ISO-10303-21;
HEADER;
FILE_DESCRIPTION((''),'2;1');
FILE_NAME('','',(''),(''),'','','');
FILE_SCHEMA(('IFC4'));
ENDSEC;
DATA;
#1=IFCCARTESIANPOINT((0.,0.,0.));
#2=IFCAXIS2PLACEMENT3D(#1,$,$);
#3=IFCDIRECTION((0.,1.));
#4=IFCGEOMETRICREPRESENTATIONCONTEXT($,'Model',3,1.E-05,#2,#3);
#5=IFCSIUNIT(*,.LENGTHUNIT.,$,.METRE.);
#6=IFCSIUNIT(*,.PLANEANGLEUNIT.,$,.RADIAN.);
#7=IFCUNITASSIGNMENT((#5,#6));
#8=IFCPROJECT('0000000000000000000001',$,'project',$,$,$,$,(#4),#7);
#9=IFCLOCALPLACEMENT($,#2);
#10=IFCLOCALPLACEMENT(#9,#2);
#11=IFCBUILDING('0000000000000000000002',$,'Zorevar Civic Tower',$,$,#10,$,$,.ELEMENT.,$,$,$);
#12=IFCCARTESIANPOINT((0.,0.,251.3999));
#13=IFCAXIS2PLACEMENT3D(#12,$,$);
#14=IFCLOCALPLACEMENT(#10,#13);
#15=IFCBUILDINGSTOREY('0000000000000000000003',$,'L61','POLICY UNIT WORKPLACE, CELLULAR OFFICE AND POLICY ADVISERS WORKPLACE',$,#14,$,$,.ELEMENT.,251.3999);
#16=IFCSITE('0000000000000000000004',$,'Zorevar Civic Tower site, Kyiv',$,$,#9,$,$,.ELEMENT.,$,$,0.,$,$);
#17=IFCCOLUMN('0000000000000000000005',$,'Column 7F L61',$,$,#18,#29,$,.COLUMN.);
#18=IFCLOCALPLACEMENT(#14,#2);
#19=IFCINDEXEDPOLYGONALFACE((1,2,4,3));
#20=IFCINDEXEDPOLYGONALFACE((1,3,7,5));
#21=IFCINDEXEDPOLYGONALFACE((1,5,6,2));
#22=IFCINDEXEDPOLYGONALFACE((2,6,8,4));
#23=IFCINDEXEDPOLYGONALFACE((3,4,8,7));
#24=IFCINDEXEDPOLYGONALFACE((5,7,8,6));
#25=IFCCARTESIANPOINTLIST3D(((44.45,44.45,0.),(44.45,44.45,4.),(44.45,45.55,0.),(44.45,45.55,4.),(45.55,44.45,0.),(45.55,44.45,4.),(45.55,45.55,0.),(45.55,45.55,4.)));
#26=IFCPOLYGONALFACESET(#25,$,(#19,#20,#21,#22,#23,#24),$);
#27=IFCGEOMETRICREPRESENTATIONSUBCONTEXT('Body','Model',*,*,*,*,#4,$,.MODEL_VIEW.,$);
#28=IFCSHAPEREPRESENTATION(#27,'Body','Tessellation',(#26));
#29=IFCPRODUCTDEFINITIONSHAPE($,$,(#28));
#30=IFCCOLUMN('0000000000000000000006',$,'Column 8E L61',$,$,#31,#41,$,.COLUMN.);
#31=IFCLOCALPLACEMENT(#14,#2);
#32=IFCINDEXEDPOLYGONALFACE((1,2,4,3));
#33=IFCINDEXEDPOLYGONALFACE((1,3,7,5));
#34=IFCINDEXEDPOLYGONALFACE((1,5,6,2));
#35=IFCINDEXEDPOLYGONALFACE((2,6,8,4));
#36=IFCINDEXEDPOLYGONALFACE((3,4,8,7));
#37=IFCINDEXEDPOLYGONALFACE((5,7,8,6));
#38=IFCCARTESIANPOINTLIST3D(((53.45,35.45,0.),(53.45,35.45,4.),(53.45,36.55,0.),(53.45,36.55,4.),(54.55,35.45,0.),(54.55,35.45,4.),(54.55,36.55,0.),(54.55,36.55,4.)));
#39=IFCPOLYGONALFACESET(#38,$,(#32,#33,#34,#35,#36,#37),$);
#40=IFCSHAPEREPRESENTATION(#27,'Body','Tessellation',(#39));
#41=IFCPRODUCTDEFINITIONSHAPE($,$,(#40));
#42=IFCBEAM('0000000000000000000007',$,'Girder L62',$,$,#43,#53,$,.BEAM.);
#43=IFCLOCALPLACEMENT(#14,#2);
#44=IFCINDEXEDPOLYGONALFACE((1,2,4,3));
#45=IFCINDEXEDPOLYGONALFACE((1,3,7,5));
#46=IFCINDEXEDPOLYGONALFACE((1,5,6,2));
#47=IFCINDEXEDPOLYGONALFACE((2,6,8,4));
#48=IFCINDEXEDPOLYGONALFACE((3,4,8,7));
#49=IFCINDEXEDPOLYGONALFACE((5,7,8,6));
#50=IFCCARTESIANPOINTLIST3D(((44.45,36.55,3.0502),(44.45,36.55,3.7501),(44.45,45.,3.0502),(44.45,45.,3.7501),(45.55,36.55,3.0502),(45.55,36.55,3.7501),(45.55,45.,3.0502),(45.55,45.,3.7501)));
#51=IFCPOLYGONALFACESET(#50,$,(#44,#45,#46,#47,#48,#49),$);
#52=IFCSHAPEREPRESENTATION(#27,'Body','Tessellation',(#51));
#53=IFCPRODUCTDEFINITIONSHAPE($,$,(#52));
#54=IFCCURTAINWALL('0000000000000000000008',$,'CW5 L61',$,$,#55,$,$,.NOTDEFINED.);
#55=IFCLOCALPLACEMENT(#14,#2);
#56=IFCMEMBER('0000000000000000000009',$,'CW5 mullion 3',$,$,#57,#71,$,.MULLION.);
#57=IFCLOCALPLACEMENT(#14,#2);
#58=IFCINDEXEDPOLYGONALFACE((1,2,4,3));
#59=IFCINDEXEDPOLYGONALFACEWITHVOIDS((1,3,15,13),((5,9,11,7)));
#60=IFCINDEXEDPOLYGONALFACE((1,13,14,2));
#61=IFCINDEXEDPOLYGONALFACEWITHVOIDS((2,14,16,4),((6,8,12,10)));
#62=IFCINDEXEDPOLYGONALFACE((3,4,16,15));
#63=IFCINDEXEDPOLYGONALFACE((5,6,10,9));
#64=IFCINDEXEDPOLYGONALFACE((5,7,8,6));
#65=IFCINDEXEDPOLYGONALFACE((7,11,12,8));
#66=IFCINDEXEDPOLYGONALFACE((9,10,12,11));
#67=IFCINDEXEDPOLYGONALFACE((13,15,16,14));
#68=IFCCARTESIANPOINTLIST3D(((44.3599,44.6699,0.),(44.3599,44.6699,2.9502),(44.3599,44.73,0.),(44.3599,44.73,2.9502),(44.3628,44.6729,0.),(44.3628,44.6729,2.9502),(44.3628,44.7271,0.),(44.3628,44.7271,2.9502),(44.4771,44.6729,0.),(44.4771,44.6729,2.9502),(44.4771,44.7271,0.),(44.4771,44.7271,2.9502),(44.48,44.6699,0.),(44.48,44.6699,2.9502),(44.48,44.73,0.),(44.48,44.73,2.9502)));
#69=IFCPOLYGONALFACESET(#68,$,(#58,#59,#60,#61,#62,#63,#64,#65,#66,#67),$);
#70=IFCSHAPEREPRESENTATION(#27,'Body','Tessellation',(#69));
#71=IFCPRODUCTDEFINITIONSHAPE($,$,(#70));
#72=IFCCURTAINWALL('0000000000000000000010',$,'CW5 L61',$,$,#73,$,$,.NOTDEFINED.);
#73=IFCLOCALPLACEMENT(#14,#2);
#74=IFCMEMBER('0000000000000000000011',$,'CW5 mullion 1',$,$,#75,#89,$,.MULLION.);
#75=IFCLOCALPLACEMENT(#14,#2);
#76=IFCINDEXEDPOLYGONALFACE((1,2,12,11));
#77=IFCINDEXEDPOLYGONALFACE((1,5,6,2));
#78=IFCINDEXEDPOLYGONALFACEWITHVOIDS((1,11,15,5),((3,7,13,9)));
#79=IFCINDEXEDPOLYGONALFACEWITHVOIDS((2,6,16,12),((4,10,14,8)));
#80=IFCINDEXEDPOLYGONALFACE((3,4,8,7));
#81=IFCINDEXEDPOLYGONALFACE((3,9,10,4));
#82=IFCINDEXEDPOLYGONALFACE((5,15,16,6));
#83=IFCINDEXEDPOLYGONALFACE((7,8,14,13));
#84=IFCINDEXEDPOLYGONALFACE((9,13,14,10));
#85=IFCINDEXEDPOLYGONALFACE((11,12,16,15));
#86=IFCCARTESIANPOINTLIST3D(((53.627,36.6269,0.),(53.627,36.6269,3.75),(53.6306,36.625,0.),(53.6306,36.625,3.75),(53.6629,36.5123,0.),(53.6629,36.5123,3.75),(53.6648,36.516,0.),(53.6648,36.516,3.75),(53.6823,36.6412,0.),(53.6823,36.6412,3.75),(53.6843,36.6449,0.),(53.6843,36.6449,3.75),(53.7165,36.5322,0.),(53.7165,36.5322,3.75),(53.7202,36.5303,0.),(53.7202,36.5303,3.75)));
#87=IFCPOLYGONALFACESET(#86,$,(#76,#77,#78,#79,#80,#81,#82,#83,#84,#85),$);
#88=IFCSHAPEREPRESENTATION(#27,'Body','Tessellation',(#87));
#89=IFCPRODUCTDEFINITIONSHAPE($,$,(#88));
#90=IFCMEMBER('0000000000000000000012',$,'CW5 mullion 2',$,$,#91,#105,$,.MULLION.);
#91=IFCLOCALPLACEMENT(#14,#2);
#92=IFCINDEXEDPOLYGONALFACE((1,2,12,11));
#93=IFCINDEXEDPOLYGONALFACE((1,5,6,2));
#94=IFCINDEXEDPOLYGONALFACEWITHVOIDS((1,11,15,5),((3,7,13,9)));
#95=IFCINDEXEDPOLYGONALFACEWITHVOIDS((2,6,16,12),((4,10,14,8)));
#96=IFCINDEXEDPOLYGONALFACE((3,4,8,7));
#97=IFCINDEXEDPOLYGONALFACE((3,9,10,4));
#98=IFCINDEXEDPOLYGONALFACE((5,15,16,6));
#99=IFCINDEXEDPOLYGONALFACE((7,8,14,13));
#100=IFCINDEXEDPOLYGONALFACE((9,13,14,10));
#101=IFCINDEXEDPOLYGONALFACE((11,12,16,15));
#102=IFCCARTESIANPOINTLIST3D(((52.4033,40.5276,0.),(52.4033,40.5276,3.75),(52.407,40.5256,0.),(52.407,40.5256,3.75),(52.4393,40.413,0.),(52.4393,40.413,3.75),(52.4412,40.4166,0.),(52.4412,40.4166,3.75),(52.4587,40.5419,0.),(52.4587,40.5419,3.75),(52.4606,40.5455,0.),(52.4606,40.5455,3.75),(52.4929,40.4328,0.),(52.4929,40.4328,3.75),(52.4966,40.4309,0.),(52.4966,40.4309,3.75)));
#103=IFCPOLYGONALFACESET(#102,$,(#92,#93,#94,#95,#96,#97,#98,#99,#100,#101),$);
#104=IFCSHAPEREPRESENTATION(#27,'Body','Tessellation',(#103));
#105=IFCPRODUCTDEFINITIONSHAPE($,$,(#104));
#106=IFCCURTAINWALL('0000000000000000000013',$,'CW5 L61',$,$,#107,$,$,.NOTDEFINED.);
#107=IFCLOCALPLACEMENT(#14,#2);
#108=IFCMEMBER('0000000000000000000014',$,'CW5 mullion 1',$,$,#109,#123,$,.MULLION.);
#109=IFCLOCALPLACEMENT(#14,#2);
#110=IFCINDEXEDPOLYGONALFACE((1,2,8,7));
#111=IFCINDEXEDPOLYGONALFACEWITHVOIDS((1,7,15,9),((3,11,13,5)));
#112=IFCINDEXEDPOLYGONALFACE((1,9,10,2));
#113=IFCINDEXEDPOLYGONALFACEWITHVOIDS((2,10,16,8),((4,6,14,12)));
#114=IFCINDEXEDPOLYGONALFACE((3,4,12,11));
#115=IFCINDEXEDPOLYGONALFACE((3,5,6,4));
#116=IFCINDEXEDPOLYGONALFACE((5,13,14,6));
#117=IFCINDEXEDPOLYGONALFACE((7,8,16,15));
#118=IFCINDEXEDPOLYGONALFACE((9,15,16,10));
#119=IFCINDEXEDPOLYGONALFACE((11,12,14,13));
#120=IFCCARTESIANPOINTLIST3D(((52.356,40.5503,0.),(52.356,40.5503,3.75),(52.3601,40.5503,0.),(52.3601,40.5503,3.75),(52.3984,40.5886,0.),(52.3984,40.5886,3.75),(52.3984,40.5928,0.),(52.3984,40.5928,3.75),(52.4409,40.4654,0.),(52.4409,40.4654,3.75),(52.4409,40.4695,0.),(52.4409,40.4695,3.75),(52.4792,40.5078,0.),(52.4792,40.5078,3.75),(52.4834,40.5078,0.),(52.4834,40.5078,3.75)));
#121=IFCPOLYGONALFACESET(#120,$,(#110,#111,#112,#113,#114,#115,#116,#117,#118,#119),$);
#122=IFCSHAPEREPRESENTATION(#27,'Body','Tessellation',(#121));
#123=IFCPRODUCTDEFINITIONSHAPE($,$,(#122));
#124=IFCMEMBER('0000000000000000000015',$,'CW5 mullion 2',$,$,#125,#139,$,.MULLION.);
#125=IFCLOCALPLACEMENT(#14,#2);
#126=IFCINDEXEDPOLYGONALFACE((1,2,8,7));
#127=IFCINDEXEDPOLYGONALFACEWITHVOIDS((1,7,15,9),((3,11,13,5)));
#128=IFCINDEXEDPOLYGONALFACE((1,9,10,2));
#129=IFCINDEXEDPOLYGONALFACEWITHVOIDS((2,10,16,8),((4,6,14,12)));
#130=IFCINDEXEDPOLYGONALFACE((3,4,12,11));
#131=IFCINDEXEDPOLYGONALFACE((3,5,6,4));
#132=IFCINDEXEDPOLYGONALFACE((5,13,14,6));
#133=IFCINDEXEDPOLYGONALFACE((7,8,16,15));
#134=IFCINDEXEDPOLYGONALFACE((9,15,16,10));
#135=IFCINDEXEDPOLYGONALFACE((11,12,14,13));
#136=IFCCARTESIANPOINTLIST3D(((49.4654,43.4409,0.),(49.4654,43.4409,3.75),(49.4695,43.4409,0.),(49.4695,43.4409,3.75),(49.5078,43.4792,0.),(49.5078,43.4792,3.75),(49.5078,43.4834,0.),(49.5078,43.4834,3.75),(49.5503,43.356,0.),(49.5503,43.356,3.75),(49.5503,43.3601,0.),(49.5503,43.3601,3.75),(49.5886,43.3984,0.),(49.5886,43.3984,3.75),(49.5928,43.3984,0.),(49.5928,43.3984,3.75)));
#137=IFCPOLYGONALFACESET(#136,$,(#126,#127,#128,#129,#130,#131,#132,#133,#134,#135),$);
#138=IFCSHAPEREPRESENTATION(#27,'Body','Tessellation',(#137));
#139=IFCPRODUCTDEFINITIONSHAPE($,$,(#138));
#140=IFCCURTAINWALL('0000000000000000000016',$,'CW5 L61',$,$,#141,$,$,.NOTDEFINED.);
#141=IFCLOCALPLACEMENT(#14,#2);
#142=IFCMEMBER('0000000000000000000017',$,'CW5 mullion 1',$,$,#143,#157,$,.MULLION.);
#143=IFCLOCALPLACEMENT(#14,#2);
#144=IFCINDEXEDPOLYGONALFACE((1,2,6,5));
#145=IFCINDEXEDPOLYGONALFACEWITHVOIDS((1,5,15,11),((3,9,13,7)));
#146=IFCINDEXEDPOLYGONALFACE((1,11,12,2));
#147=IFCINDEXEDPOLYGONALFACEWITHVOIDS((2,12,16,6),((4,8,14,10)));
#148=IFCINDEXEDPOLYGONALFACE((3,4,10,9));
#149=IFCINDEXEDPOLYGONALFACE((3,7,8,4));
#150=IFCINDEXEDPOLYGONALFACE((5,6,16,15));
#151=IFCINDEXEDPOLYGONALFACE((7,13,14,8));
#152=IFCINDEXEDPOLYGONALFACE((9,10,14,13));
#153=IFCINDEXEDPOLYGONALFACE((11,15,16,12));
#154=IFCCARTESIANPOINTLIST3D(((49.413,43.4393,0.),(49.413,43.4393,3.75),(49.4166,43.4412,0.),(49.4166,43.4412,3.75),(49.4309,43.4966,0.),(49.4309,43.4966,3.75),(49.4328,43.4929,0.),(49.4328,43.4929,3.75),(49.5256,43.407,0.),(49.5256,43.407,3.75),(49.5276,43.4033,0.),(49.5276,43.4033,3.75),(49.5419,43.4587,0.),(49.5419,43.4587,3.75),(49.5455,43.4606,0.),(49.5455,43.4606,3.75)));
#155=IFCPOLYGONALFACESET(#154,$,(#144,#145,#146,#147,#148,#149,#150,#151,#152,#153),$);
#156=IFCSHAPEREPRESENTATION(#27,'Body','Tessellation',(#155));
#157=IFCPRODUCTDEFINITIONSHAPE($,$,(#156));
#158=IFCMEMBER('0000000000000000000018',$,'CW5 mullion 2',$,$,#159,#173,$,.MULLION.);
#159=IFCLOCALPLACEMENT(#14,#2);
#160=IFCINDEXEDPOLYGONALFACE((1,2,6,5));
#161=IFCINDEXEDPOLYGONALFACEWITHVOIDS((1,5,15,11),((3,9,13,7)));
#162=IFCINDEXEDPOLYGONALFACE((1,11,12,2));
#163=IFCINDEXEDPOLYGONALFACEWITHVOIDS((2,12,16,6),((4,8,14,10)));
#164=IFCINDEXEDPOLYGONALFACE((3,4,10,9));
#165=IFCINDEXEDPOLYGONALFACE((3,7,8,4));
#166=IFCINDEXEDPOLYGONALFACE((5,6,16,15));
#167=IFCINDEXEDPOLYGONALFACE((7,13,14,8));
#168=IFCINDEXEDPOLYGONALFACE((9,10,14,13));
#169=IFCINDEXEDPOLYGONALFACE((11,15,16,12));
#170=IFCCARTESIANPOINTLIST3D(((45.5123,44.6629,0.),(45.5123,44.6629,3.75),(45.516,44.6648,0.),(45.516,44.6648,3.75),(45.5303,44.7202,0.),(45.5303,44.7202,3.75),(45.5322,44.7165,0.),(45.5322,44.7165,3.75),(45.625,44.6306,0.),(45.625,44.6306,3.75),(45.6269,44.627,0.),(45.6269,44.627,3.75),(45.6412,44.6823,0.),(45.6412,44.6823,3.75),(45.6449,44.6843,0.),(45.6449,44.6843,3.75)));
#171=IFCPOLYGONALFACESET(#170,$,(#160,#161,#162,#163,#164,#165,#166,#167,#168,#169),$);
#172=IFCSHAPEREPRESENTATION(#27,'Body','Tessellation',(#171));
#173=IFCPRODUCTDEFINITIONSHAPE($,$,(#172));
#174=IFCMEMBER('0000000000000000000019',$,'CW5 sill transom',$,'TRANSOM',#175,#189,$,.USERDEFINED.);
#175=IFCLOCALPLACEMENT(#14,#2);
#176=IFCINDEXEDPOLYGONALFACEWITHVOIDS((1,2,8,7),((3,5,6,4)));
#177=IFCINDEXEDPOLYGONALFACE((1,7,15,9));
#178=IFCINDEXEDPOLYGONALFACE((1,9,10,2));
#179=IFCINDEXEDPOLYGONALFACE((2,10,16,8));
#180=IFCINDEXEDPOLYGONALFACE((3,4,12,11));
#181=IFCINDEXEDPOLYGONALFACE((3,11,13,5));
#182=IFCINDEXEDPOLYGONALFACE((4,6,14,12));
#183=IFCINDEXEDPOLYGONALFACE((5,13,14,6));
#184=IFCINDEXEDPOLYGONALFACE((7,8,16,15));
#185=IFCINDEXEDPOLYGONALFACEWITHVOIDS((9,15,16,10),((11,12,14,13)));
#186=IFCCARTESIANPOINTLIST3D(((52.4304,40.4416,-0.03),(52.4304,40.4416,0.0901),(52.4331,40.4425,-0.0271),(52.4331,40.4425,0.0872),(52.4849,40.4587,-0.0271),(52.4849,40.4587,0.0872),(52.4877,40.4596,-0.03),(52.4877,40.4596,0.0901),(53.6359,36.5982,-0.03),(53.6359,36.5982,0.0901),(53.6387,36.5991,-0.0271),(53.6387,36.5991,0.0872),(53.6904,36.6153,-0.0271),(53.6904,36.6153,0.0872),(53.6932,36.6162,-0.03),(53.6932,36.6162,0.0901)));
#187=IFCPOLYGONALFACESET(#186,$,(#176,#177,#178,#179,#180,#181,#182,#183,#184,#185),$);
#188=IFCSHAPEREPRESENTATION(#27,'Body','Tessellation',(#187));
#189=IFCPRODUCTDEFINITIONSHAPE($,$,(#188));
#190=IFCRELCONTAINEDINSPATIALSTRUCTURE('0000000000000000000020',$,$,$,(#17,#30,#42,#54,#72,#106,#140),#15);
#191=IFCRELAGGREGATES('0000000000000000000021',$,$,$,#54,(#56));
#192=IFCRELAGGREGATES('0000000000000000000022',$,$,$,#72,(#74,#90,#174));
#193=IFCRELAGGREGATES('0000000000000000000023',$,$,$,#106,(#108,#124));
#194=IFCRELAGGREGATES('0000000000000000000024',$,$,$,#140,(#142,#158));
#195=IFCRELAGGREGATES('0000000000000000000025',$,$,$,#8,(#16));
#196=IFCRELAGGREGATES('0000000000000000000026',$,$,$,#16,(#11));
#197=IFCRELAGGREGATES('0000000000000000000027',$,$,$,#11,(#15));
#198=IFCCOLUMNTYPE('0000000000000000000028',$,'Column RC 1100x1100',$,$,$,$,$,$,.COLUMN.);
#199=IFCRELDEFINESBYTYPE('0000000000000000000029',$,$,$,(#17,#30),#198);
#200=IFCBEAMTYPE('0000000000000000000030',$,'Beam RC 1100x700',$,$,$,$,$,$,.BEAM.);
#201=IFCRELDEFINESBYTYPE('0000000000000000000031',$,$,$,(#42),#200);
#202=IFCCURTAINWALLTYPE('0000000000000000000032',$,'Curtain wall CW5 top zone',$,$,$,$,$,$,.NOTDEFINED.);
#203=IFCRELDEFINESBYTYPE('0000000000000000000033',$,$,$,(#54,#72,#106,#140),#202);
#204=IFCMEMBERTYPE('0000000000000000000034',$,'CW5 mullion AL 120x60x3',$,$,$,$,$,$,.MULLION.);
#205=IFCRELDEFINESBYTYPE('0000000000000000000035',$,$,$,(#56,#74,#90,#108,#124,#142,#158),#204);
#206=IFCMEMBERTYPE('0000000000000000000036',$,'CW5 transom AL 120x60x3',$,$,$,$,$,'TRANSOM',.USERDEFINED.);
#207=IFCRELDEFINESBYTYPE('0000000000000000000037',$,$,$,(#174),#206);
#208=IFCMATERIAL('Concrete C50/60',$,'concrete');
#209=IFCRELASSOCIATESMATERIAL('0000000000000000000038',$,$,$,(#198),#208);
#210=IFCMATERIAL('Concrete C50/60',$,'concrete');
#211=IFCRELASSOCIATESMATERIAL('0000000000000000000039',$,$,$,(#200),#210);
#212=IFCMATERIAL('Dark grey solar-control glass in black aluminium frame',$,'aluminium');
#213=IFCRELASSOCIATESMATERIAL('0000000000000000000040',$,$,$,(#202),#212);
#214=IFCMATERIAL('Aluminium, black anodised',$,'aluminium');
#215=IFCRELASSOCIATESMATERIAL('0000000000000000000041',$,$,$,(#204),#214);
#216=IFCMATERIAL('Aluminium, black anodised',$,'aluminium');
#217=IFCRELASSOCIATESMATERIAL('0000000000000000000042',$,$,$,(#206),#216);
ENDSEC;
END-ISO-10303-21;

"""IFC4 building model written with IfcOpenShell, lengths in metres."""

from ifc_helpers import new_model, si_unit, direction, frame, origin, origin_2d, place, context, subcontext, project, spatial, rectangle, hollow_rectangle, extrude, material, material_profile, profile_set, type_object, element, aggregate, save


model = new_model("IFC4")

# Units and contexts
model_context = context("Model", 3, precision=1e-05, world=origin(), true_north=direction((0.0, 1.0)))
body_context = subcontext(model_context, "Body", "Model", "MODEL_VIEW")
ifc_project = project(units=[si_unit("LENGTHUNIT", "METRE"), si_unit("PLANEANGLEUNIT", "RADIAN")], contexts=[model_context])

# Site, building, storey
site_placement = place(None, origin())
site = spatial("IfcSite", under=ifc_project, at=site_placement, Name="Zorevar Civic Tower site, Kyiv", CompositionType="ELEMENT", RefElevation=0.0)
building_placement = place(site_placement, origin())
building = spatial("IfcBuilding", under=site, at=building_placement, Name="Zorevar Civic Tower", CompositionType="ELEMENT")
storey_placement = place(building_placement, frame((0.0, 0.0, 251.3999)))
storey = spatial("IfcBuildingStorey", under=building, at=storey_placement, Name="L61", Description="POLICY UNIT WORKPLACE, CELLULAR OFFICE AND POLICY ADVISERS WORKPLACE", CompositionType="ELEMENT", Elevation=251.3999)

# Columns
ifc_material_1 = material(Name="Concrete C50/60", Category="concrete")
ifc_material_profile_1 = material_profile(ifc_material_1, rectangle(XDim=1.1001, YDim=1.1001, at=origin_2d()), Name="RC 1100x1100")
ifc_profile_set_1 = profile_set([ifc_material_profile_1], Name="Concrete C50/60")
column_type = type_object("IfcColumnType", Name="Column RC 1100x1100", PredefinedType="COLUMN", material=ifc_profile_set_1)
for number, where, z_axis, x_axis, name in (
    (1, (45.0, 45.0, 0.0), (0.0, 0.0, 1.0), (1.0, 0.0, 0.0), "Column 7F L61"),
    (2, (54.0, 36.0, 0.0), (0.0, 0.0, 1.0), (1.0, 0.0, 0.0), "Column 8E L61"),
):
    element("IfcColumn", number, at=place(storey_placement, frame(where, z_axis=z_axis, x_axis=x_axis)), inside=storey, type_object=column_type, Name=name, PredefinedType="COLUMN", context=body_context, shape_type="SweptSolid", body=[
        extrude(rectangle(XDim=1.1001, YDim=1.1001, at=origin_2d()), origin(), (0.0, 0.0, 1.0), 4.0),
    ])

# Beam
ifc_material_2 = material(Name="Concrete C50/60", Category="concrete")
ifc_material_profile_2 = material_profile(ifc_material_2, rectangle(XDim=1.1001, YDim=0.7, at=origin_2d()), Name="RC 1100x700")
ifc_profile_set_2 = profile_set([ifc_material_profile_2], Name="Concrete C50/60")
beam_type_1 = type_object("IfcBeamType", Name="Beam RC 1100x700", PredefinedType="BEAM", material=ifc_profile_set_2)
beam_1_placement = place(storey_placement, frame((45.0, 36.55, 3.4001), z_axis=(0.0, 1.0, 0.0), x_axis=(-1.0, 0.0, 0.0)))
element("IfcBeam", 3, at=beam_1_placement, inside=storey, type_object=beam_type_1, Name="Girder L62", PredefinedType="BEAM", context=body_context, shape_type="SweptSolid", body=[
    extrude(rectangle(XDim=1.1001, YDim=0.7, at=origin_2d()), origin(), (0.0, 0.0, 1.0), 8.45),
])

# Curtain wall, member
ifc_material_3 = material(Name="Dark grey solar-control glass in black aluminium frame", Category="aluminium")
curtain_wall_type = type_object("IfcCurtainWallType", Name="Curtain wall CW5 top zone", PredefinedType="NOTDEFINED", material=ifc_material_3)
curtain_wall_1_placement = place(storey_placement, origin())
curtain_wall_1 = element("IfcCurtainWall", 4, at=curtain_wall_1_placement, inside=storey, type_object=curtain_wall_type, Name="CW5 L61", PredefinedType="NOTDEFINED")
ifc_material_4 = material(Name="Aluminium, black anodised", Category="aluminium")
ifc_material_profile_3 = material_profile(ifc_material_4, hollow_rectangle(XDim=0.0601, YDim=0.1201, WallThickness=0.0029, at=origin_2d()), Name="AL 120x60x3")
ifc_profile_set_3 = profile_set([ifc_material_profile_3], Name="Aluminium, black anodised")
member_type_1 = type_object("IfcMemberType", Name="CW5 mullion AL 120x60x3", PredefinedType="MULLION", material=ifc_profile_set_3)
member_1_placement = place(storey_placement, frame((44.4199, 44.7, 0.0), z_axis=(0.0, 0.0, 1.0), x_axis=(0.0, 1.0, 0.0)))
member_1 = element("IfcMember", 5, at=member_1_placement, type_object=member_type_1, Name="CW5 mullion 3", PredefinedType="MULLION", context=body_context, shape_type="SweptSolid", body=[
    extrude(hollow_rectangle(XDim=0.0601, YDim=0.1201, WallThickness=0.0029, at=origin_2d()), origin(), (0.0, 0.0, 1.0), 2.9502),
])

# Curtain walls, members
curtain_wall_2_placement = place(storey_placement, origin())
curtain_wall_2 = element("IfcCurtainWall", 6, at=curtain_wall_2_placement, inside=storey, type_object=curtain_wall_type, Name="CW5 L61", PredefinedType="NOTDEFINED")
member_2_placement = place(storey_placement, frame((53.6736, 36.5786, 0.0), z_axis=(0.0, 0.0, 1.0), x_axis=(-0.954153, -0.299318, 0.0)))
member_2 = element("IfcMember", 7, at=member_2_placement, type_object=member_type_1, Name="CW5 mullion 1", PredefinedType="MULLION", context=body_context, shape_type="SweptSolid", body=[
    extrude(hollow_rectangle(XDim=0.0601, YDim=0.1201, WallThickness=0.0029, at=origin_2d()), origin(), (0.0, 0.0, 1.0), 3.75),
])
member_3_placement = place(storey_placement, frame((52.45, 40.4792, 0.0), z_axis=(0.0, 0.0, 1.0), x_axis=(-0.954153, -0.299318, 0.0)))
member_3 = element("IfcMember", 8, at=member_3_placement, type_object=member_type_1, Name="CW5 mullion 2", PredefinedType="MULLION", context=body_context, shape_type="SweptSolid", body=[
    extrude(hollow_rectangle(XDim=0.0601, YDim=0.1201, WallThickness=0.0029, at=origin_2d()), origin(), (0.0, 0.0, 1.0), 3.75),
])
curtain_wall_3_placement = place(storey_placement, origin())
curtain_wall_3 = element("IfcCurtainWall", 9, at=curtain_wall_3_placement, inside=storey, type_object=curtain_wall_type, Name="CW5 L61", PredefinedType="NOTDEFINED")
member_4_placement = place(storey_placement, frame((52.4197, 40.5291, 0.0), z_axis=(0.0, 0.0, 1.0), x_axis=(-0.707107, -0.707107, 0.0)))
member_4 = element("IfcMember", 10, at=member_4_placement, type_object=member_type_1, Name="CW5 mullion 1", PredefinedType="MULLION", context=body_context, shape_type="SweptSolid", body=[
    extrude(hollow_rectangle(XDim=0.0601, YDim=0.1201, WallThickness=0.0029, at=origin_2d()), origin(), (0.0, 0.0, 1.0), 3.75),
])
member_5_placement = place(storey_placement, frame((49.5291, 43.4197, 0.0), z_axis=(0.0, 0.0, 1.0), x_axis=(-0.707107, -0.707107, 0.0)))
member_5 = element("IfcMember", 11, at=member_5_placement, type_object=member_type_1, Name="CW5 mullion 2", PredefinedType="MULLION", context=body_context, shape_type="SweptSolid", body=[
    extrude(hollow_rectangle(XDim=0.0601, YDim=0.1201, WallThickness=0.0029, at=origin_2d()), origin(), (0.0, 0.0, 1.0), 3.75),
])
curtain_wall_4_placement = place(storey_placement, origin())
curtain_wall_4 = element("IfcCurtainWall", 12, at=curtain_wall_4_placement, inside=storey, type_object=curtain_wall_type, Name="CW5 L61", PredefinedType="NOTDEFINED")
member_6_placement = place(storey_placement, frame((49.4792, 43.45, 0.0), z_axis=(0.0, 0.0, 1.0), x_axis=(-0.299318, -0.954153, 0.0)))
member_6 = element("IfcMember", 13, at=member_6_placement, type_object=member_type_1, Name="CW5 mullion 1", PredefinedType="MULLION", context=body_context, shape_type="SweptSolid", body=[
    extrude(hollow_rectangle(XDim=0.0601, YDim=0.1201, WallThickness=0.0029, at=origin_2d()), origin(), (0.0, 0.0, 1.0), 3.75),
])
member_7_placement = place(storey_placement, frame((45.5786, 44.6736, 0.0), z_axis=(0.0, 0.0, 1.0), x_axis=(-0.299318, -0.954153, 0.0)))
member_7 = element("IfcMember", 14, at=member_7_placement, type_object=member_type_1, Name="CW5 mullion 2", PredefinedType="MULLION", context=body_context, shape_type="SweptSolid", body=[
    extrude(hollow_rectangle(XDim=0.0601, YDim=0.1201, WallThickness=0.0029, at=origin_2d()), origin(), (0.0, 0.0, 1.0), 3.75),
])

# Member
ifc_material_5 = material(Name="Aluminium, black anodised", Category="aluminium")
ifc_material_profile_4 = material_profile(ifc_material_5, hollow_rectangle(XDim=0.0601, YDim=0.1201, WallThickness=0.0029, at=origin_2d()), Name="AL 120x60x3")
ifc_profile_set_4 = profile_set([ifc_material_profile_4], Name="Aluminium, black anodised")
member_type_2 = type_object("IfcMemberType", Name="CW5 transom AL 120x60x3", ElementType="TRANSOM", PredefinedType="USERDEFINED", material=ifc_profile_set_4)
member_8_placement = place(storey_placement, frame((53.6646, 36.6072, 0.03), z_axis=(-0.299286, 0.954163, 0.0), x_axis=(-0.954163, -0.299286, 0.0)))
member_8 = element("IfcMember", 15, at=member_8_placement, type_object=member_type_2, Name="CW5 sill transom", ObjectType="TRANSOM", PredefinedType="USERDEFINED", context=body_context, shape_type="SweptSolid", body=[
    extrude(hollow_rectangle(XDim=0.0601, YDim=0.1201, WallThickness=0.0029, at=origin_2d()), origin(), (0.0, 0.0, 1.0), 4.0281),
])

aggregate(curtain_wall_1, [member_1])
aggregate(curtain_wall_2, [member_2, member_3, member_8])
aggregate(curtain_wall_3, [member_4, member_5])
aggregate(curtain_wall_4, [member_6, member_7])

save(model, "model.ifc")
